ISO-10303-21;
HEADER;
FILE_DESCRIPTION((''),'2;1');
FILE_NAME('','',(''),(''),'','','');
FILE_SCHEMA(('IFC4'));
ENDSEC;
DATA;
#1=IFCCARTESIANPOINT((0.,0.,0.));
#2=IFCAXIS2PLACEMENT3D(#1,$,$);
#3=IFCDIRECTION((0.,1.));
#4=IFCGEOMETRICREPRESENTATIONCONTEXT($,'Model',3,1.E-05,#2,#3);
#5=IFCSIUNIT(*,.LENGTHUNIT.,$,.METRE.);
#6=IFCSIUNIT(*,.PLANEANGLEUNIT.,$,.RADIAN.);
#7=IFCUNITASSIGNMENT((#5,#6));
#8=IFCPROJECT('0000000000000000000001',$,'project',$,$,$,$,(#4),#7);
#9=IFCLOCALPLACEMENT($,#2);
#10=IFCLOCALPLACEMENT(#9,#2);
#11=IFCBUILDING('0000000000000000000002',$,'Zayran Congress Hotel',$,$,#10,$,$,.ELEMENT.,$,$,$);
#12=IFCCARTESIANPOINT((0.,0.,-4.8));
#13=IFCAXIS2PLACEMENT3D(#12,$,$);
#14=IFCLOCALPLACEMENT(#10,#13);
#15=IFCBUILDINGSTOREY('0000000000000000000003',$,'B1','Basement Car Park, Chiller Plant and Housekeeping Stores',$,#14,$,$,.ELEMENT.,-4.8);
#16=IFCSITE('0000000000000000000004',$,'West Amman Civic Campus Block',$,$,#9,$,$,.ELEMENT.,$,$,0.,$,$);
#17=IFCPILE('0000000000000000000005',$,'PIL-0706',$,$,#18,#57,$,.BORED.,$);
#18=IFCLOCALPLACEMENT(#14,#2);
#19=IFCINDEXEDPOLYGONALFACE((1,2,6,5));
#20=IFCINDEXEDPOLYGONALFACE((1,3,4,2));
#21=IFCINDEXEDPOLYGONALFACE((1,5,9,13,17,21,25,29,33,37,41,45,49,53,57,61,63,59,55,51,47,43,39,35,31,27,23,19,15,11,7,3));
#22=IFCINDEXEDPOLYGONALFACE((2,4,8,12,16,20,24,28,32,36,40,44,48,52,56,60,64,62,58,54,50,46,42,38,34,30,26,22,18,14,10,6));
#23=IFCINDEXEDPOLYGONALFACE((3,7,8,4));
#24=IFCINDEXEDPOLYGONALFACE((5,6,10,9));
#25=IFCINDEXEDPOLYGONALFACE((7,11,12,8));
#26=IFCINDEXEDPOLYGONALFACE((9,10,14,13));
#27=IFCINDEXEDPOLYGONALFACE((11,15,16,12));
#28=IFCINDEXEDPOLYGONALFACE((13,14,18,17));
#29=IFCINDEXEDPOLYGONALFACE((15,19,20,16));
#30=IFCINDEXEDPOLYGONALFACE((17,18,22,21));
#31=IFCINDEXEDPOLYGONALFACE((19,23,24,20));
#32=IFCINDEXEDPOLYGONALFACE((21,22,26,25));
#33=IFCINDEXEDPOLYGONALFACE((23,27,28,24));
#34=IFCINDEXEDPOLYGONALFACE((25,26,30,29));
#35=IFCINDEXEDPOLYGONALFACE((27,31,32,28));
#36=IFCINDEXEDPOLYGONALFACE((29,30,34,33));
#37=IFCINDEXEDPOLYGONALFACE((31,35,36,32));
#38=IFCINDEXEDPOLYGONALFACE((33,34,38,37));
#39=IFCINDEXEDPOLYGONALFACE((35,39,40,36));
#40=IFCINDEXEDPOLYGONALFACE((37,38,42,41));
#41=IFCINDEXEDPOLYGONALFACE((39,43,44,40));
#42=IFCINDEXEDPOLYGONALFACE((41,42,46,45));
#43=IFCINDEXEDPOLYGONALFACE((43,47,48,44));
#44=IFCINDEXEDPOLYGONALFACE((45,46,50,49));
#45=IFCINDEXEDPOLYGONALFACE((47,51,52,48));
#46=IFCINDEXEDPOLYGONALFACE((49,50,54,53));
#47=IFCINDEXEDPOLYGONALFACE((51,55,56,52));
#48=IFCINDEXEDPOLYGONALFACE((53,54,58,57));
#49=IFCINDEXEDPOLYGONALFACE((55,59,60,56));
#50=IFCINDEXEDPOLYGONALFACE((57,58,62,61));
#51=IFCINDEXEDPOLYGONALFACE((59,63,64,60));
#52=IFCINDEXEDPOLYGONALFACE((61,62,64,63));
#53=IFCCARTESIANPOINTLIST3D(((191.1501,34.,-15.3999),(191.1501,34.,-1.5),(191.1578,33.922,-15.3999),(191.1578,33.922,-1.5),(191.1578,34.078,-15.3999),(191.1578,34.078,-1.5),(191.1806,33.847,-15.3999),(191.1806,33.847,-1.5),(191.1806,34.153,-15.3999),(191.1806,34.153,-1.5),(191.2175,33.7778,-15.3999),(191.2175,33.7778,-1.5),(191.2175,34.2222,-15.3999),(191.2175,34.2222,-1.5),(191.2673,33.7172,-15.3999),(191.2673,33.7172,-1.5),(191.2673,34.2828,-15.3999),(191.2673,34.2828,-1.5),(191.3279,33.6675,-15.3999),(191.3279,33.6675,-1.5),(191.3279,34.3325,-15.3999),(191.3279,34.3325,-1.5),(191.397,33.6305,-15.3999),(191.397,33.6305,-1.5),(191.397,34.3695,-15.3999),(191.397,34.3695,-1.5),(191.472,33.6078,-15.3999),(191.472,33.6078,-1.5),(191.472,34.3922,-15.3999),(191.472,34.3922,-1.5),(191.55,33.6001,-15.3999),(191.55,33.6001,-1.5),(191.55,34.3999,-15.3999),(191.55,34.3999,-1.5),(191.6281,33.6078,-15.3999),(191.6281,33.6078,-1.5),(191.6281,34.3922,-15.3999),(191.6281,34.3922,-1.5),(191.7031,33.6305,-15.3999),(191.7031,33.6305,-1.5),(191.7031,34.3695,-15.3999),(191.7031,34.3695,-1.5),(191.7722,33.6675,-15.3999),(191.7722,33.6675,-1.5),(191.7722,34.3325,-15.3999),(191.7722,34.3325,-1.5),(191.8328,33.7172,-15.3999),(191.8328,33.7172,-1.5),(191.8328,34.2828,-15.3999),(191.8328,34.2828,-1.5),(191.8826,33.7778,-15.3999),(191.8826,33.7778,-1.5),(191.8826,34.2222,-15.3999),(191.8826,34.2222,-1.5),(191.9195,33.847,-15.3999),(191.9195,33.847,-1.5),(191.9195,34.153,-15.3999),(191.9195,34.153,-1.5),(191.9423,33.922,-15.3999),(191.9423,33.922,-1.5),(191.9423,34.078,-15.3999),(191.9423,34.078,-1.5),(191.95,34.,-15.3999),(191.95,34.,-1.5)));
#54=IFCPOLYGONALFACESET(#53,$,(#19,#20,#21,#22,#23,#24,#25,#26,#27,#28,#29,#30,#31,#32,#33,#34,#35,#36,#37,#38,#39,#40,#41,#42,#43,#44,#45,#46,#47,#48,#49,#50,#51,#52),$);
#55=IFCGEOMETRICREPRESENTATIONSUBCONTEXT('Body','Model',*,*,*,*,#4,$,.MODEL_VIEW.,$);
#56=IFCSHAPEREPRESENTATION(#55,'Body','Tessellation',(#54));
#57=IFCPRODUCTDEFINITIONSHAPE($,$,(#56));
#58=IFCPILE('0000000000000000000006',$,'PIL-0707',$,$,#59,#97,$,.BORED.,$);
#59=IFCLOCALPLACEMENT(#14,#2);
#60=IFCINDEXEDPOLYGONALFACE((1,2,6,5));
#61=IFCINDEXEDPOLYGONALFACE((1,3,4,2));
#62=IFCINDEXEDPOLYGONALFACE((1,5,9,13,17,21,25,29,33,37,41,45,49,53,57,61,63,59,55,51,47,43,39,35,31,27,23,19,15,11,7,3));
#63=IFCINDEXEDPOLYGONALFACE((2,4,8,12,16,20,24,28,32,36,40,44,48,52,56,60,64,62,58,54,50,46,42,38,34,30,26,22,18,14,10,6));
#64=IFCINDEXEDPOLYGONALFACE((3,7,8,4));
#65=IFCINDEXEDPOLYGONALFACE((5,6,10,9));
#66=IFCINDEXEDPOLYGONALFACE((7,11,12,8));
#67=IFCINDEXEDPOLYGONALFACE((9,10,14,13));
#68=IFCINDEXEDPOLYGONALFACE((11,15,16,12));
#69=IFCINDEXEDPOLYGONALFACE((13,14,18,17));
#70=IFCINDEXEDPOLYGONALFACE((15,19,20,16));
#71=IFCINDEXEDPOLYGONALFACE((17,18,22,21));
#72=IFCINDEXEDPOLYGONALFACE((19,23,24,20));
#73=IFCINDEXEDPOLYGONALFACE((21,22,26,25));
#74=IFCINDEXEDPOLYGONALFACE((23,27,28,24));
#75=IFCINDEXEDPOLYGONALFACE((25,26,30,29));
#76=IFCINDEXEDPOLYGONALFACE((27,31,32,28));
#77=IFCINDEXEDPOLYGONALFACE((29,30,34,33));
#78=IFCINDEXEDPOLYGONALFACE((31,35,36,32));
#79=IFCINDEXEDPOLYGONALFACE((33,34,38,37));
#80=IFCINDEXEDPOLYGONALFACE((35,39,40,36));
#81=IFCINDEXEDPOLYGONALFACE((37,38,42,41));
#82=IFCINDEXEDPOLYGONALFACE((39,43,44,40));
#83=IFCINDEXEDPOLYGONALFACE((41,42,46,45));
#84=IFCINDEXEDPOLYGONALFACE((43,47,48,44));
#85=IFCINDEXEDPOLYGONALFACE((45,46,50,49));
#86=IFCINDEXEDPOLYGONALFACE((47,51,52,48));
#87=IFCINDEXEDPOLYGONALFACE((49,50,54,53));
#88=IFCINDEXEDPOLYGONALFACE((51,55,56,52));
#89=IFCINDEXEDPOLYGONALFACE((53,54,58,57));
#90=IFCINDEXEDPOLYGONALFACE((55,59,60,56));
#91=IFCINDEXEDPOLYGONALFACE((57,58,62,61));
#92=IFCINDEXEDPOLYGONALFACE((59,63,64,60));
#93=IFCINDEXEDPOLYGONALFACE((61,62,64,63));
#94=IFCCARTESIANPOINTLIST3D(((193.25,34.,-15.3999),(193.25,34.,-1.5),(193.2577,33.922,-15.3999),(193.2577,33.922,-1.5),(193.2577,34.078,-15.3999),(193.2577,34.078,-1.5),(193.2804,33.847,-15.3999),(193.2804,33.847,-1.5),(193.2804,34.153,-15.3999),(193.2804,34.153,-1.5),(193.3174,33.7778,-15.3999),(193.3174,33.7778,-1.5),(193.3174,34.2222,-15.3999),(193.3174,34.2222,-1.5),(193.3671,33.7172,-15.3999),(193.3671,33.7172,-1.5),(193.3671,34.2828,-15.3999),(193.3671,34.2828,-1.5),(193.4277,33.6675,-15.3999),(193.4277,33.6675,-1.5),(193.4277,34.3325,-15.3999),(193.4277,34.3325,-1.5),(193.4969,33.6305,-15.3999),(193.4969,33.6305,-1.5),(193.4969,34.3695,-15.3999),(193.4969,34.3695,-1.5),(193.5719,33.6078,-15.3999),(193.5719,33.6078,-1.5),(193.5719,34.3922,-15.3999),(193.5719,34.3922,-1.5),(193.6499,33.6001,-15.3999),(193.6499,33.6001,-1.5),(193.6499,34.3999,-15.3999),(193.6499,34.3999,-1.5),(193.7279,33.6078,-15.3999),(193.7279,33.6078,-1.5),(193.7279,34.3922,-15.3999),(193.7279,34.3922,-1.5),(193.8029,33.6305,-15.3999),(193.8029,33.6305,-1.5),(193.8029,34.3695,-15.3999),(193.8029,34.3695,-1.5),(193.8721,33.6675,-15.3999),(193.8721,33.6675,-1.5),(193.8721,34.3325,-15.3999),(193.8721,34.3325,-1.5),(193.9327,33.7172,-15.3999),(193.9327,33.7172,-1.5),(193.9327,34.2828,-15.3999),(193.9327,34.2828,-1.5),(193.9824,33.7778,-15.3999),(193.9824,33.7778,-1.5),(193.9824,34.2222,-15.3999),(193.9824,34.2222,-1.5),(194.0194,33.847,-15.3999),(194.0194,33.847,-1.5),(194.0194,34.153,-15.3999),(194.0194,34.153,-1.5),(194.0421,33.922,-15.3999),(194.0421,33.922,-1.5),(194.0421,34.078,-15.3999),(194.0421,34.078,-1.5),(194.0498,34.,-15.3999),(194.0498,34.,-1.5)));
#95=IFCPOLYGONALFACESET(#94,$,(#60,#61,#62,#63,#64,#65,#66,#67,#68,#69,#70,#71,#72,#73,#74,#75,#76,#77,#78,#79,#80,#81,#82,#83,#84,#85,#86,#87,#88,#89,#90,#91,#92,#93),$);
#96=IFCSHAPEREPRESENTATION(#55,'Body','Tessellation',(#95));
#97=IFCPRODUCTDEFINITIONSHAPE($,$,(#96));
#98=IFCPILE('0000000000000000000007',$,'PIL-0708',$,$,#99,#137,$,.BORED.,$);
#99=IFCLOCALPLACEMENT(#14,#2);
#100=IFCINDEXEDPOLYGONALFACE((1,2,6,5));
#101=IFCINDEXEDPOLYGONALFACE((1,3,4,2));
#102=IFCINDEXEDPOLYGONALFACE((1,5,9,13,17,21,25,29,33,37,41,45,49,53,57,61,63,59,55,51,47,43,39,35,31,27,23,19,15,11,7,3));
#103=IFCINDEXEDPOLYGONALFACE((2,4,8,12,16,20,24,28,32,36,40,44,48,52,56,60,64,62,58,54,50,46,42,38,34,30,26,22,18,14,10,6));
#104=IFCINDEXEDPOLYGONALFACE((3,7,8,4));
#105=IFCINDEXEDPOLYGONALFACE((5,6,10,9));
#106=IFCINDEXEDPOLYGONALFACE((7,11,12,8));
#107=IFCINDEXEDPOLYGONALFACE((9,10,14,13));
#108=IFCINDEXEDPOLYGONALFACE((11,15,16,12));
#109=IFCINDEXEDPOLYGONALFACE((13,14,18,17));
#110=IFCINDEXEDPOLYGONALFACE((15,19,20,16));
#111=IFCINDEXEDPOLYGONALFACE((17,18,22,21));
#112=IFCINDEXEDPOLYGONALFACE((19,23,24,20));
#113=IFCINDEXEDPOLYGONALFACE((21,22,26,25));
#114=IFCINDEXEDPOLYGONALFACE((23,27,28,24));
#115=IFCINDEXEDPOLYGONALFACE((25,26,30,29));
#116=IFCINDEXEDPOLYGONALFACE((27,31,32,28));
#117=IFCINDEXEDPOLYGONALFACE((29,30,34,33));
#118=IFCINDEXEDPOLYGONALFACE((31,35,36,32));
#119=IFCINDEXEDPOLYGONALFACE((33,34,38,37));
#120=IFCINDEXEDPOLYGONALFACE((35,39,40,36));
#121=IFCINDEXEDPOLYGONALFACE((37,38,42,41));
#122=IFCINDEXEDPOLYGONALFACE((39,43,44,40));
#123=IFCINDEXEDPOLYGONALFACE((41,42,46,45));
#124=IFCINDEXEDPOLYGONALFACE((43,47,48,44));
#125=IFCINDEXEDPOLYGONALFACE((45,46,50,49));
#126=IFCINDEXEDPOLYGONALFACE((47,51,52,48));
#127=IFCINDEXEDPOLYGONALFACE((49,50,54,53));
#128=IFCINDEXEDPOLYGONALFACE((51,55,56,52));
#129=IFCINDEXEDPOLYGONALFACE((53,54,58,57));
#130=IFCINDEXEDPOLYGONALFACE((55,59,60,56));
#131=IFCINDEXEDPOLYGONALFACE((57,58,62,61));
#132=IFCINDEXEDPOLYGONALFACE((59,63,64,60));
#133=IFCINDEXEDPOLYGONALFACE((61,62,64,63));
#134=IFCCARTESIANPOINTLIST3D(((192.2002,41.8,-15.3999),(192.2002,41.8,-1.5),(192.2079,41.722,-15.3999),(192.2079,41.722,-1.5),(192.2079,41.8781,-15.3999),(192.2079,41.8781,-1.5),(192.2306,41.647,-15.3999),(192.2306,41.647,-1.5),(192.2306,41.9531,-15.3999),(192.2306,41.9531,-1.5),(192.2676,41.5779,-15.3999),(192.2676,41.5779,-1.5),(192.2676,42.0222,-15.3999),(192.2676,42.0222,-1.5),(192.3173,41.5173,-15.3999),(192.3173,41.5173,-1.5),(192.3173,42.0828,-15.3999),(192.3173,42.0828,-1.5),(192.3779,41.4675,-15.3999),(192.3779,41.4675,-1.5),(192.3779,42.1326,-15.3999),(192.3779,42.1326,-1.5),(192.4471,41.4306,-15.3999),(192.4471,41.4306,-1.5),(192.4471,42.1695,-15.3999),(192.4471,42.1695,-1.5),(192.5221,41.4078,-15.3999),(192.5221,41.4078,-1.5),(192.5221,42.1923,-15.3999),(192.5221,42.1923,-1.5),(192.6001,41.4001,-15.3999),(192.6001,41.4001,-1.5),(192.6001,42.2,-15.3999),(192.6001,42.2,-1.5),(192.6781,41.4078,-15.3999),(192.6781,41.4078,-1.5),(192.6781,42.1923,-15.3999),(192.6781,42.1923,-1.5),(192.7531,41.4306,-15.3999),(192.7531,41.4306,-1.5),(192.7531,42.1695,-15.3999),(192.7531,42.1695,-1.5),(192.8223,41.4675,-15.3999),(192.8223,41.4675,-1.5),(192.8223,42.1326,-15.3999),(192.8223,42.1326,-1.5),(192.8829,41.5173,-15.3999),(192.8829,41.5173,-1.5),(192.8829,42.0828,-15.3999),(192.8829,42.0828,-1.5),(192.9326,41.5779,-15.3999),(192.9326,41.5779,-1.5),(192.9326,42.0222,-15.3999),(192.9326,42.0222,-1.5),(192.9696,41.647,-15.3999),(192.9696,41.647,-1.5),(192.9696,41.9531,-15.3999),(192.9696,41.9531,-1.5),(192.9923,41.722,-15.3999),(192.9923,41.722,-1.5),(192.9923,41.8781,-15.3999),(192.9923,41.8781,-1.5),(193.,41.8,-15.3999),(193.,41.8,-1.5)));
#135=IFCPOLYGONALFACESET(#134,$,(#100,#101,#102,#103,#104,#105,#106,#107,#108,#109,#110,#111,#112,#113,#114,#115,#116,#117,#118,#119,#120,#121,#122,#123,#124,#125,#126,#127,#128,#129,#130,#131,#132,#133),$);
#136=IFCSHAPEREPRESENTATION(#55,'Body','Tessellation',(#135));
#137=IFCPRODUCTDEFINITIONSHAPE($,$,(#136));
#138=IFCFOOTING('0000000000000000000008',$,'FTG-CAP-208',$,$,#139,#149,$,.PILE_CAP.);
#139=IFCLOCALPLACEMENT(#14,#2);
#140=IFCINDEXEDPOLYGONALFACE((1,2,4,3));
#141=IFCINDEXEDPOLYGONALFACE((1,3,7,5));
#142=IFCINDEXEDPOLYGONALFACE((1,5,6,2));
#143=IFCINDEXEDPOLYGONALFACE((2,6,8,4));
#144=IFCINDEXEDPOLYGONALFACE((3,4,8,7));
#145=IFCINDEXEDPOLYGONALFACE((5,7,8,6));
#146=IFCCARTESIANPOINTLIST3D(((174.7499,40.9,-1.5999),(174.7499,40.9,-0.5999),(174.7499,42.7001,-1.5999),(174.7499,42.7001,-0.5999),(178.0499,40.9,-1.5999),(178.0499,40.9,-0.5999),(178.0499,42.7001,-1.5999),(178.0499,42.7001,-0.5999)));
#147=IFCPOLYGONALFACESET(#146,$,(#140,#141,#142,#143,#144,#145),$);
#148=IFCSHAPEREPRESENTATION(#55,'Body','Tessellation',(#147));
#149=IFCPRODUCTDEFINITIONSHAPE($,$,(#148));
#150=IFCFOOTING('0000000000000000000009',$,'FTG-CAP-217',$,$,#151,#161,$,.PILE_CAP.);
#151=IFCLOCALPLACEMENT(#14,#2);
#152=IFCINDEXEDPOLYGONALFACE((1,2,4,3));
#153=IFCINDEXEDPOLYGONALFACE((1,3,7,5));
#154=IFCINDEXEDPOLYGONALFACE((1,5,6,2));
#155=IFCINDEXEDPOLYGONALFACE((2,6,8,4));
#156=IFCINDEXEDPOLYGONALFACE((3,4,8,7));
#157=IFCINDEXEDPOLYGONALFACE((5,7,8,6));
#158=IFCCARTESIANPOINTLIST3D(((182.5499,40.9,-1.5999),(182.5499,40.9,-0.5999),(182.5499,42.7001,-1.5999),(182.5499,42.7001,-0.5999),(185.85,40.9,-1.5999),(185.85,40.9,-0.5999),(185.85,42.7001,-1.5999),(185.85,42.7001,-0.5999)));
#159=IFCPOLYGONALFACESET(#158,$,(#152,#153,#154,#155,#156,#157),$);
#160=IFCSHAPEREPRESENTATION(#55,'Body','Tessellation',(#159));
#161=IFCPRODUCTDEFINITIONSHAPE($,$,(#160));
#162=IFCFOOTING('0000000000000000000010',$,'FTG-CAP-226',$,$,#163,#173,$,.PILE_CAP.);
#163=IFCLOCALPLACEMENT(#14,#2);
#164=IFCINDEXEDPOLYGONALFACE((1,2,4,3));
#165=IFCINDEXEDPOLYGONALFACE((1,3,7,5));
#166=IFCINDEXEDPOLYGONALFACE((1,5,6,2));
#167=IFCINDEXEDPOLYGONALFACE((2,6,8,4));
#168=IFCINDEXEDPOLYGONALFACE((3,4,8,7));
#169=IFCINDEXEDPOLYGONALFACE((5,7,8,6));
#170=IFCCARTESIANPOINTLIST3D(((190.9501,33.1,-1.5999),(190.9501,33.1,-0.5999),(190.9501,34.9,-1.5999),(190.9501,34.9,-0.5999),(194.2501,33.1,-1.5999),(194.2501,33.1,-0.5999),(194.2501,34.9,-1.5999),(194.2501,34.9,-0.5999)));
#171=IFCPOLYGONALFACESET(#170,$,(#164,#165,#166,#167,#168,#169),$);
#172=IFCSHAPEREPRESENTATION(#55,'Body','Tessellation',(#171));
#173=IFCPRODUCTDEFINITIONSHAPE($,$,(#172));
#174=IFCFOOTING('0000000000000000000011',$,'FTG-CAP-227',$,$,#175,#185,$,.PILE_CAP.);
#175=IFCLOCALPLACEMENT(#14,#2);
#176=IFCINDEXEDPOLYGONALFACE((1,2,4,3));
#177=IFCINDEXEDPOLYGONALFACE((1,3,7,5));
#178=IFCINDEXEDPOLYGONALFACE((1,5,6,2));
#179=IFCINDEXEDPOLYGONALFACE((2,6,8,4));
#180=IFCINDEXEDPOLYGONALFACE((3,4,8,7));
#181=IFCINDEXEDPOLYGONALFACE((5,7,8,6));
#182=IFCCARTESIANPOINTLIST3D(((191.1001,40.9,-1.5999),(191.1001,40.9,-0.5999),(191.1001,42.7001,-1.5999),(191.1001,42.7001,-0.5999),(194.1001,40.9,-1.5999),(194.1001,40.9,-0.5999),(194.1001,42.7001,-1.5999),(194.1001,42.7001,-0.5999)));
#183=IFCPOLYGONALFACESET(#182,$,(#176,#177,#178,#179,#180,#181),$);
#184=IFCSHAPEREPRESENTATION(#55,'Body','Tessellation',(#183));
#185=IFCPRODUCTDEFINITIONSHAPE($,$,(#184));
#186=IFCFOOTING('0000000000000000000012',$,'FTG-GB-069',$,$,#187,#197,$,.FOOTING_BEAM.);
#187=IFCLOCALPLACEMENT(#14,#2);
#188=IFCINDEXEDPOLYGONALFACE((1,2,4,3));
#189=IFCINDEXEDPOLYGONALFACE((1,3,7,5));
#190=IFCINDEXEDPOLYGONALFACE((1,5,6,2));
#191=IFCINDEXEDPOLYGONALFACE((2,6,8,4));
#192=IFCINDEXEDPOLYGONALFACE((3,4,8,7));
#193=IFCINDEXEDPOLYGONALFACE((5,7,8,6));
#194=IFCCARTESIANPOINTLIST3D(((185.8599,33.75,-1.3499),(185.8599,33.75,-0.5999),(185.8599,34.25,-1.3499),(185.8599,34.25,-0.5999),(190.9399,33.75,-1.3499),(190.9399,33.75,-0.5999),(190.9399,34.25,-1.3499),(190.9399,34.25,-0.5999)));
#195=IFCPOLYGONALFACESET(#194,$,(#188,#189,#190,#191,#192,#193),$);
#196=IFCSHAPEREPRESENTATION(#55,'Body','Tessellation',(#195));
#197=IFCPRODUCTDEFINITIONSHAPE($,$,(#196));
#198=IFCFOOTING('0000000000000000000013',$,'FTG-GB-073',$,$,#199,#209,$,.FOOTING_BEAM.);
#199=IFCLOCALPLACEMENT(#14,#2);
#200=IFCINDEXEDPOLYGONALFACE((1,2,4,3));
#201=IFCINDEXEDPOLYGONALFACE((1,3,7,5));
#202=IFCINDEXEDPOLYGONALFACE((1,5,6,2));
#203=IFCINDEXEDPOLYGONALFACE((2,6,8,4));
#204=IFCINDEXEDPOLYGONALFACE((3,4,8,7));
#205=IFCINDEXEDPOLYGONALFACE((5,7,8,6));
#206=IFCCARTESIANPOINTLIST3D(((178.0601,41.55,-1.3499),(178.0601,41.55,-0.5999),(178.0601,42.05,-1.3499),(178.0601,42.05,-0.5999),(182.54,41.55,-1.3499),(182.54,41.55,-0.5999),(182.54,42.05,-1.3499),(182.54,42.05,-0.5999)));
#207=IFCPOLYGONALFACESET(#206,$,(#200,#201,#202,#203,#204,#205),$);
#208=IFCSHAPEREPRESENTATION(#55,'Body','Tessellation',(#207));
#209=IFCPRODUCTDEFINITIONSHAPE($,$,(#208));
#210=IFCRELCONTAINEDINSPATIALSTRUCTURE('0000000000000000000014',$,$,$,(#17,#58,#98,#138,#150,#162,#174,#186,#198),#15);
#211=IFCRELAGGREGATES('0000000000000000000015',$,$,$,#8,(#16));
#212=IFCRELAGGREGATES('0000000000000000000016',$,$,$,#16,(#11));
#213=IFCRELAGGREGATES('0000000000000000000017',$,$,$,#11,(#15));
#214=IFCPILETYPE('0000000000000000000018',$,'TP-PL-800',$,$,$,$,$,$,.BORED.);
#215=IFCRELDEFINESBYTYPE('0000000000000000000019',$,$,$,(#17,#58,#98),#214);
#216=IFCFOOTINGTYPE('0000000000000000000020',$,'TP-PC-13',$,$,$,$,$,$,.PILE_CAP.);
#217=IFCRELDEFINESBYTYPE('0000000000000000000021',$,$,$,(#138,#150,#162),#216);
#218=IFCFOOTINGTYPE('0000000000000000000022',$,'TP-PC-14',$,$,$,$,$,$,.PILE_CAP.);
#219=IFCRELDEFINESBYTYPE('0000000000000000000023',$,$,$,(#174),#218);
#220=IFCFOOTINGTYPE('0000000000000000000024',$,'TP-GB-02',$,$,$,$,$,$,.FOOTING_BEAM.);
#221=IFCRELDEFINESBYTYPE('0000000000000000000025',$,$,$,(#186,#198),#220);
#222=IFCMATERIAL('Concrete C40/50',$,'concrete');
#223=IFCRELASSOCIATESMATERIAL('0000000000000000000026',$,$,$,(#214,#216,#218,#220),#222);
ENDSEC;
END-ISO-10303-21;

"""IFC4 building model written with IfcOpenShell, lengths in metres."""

from ifc_helpers import new_model, si_unit, direction, frame, origin, origin_2d, place, context, subcontext, project, spatial, rectangle, circle, extrude, material, material_profile, profile_set, type_object, element, save


model = new_model("IFC4")

# Units and contexts
model_context = context("Model", 3, precision=1e-05, world=origin(), true_north=direction((0.0, 1.0)))
body_context = subcontext(model_context, "Body", "Model", "MODEL_VIEW")
ifc_project = project(units=[si_unit("LENGTHUNIT", "METRE"), si_unit("PLANEANGLEUNIT", "RADIAN")], contexts=[model_context])

# Site, building, storey
site_placement = place(None, origin())
site = spatial("IfcSite", under=ifc_project, at=site_placement, Name="West Amman Civic Campus Block", CompositionType="ELEMENT", RefElevation=0.0)
building_placement = place(site_placement, origin())
building = spatial("IfcBuilding", under=site, at=building_placement, Name="Zayran Congress Hotel", CompositionType="ELEMENT")
storey_placement = place(building_placement, frame((0.0, 0.0, -4.8)))
storey = spatial("IfcBuildingStorey", under=building, at=storey_placement, Name="B1", Description="Basement Car Park, Chiller Plant and Housekeeping Stores", CompositionType="ELEMENT", Elevation=-4.8)

# Piles
ifc_material_1 = material(Name="Concrete C40/50", Category="concrete")
ifc_material_profile_1 = material_profile(ifc_material_1, circle(Radius=0.3999, at=origin_2d()), Name="PILE D800")
ifc_profile_set_1 = profile_set([ifc_material_profile_1], Name="Concrete C40/50")
pile_type = type_object("IfcPileType", Name="TP-PL-800", PredefinedType="BORED", material=ifc_profile_set_1)
for number, where, z_axis, x_axis, name in (
    (1, (191.55, 34.0, -1.5), (0.0, 0.0, -1.0), (1.0, 0.0, 0.0), "PIL-0706"),
    (2, (193.6499, 34.0, -1.5), (0.0, 0.0, -1.0), (1.0, 0.0, 0.0), "PIL-0707"),
    (3, (192.6001, 41.8, -1.5), (0.0, 0.0, -1.0), (1.0, 0.0, 0.0), "PIL-0708"),
):
    element("IfcPile", number, at=place(storey_placement, frame(where, z_axis=z_axis, x_axis=x_axis)), inside=storey, type_object=pile_type, Name=name, PredefinedType="BORED", context=body_context, shape_type="SweptSolid", body=[
        extrude(circle(Radius=0.3999, at=origin_2d()), origin(), (0.0, 0.0, 1.0), 13.8999),
    ])

# Footings
footing_type_1 = type_object("IfcFootingType", Name="TP-PC-13", PredefinedType="PILE_CAP", material=ifc_material_1)
for number, where, z_axis, x_axis, name in (
    (4, (176.3999, 41.8, -1.5999), (0.0, 0.0, 1.0), (1.0, 0.0, 0.0), "FTG-CAP-208"),
    (5, (184.2, 41.8, -1.5999), (0.0, 0.0, 1.0), (1.0, 0.0, 0.0), "FTG-CAP-217"),
    (6, (192.6001, 34.0, -1.5999), (0.0, 0.0, 1.0), (1.0, 0.0, 0.0), "FTG-CAP-226"),
):
    element("IfcFooting", number, at=place(storey_placement, frame(where, z_axis=z_axis, x_axis=x_axis)), inside=storey, type_object=footing_type_1, Name=name, PredefinedType="PILE_CAP", context=body_context, shape_type="SweptSolid", body=[
        extrude(rectangle(XDim=3.3, YDim=1.8, at=origin_2d()), origin(), (0.0, 0.0, 1.0), 1.0),
    ])
footing_type_2 = type_object("IfcFootingType", Name="TP-PC-14", PredefinedType="PILE_CAP", material=ifc_material_1)
footing_1_placement = place(storey_placement, frame((192.6001, 41.8, -1.5999), z_axis=(0.0, 0.0, 1.0), x_axis=(1.0, 0.0, 0.0)))
element("IfcFooting", 7, at=footing_1_placement, inside=storey, type_object=footing_type_2, Name="FTG-CAP-227", PredefinedType="PILE_CAP", context=body_context, shape_type="SweptSolid", body=[
    extrude(rectangle(XDim=3.0, YDim=1.8, at=origin_2d()), origin(), (0.0, 0.0, 1.0), 1.0),
])
footing_type_3 = type_object("IfcFootingType", Name="TP-GB-02", PredefinedType="FOOTING_BEAM", material=ifc_material_1)
footing_2_placement = place(storey_placement, frame((188.3999, 34.0, -1.3499), z_axis=(0.0, 0.0, 1.0), x_axis=(1.0, 0.0, 0.0)))
element("IfcFooting", 8, at=footing_2_placement, inside=storey, type_object=footing_type_3, Name="FTG-GB-069", PredefinedType="FOOTING_BEAM", context=body_context, shape_type="SweptSolid", body=[
    extrude(rectangle(XDim=5.0801, YDim=0.5, at=origin_2d()), origin(), (0.0, 0.0, 1.0), 0.75),
])
footing_3_placement = place(storey_placement, frame((180.3, 41.8, -1.3499), z_axis=(0.0, 0.0, 1.0), x_axis=(1.0, 0.0, 0.0)))
element("IfcFooting", 9, at=footing_3_placement, inside=storey, type_object=footing_type_3, Name="FTG-GB-073", PredefinedType="FOOTING_BEAM", context=body_context, shape_type="SweptSolid", body=[
    extrude(rectangle(XDim=4.48, YDim=0.5, at=origin_2d()), origin(), (0.0, 0.0, 1.0), 0.75),
])

save(model, "model.ifc")
